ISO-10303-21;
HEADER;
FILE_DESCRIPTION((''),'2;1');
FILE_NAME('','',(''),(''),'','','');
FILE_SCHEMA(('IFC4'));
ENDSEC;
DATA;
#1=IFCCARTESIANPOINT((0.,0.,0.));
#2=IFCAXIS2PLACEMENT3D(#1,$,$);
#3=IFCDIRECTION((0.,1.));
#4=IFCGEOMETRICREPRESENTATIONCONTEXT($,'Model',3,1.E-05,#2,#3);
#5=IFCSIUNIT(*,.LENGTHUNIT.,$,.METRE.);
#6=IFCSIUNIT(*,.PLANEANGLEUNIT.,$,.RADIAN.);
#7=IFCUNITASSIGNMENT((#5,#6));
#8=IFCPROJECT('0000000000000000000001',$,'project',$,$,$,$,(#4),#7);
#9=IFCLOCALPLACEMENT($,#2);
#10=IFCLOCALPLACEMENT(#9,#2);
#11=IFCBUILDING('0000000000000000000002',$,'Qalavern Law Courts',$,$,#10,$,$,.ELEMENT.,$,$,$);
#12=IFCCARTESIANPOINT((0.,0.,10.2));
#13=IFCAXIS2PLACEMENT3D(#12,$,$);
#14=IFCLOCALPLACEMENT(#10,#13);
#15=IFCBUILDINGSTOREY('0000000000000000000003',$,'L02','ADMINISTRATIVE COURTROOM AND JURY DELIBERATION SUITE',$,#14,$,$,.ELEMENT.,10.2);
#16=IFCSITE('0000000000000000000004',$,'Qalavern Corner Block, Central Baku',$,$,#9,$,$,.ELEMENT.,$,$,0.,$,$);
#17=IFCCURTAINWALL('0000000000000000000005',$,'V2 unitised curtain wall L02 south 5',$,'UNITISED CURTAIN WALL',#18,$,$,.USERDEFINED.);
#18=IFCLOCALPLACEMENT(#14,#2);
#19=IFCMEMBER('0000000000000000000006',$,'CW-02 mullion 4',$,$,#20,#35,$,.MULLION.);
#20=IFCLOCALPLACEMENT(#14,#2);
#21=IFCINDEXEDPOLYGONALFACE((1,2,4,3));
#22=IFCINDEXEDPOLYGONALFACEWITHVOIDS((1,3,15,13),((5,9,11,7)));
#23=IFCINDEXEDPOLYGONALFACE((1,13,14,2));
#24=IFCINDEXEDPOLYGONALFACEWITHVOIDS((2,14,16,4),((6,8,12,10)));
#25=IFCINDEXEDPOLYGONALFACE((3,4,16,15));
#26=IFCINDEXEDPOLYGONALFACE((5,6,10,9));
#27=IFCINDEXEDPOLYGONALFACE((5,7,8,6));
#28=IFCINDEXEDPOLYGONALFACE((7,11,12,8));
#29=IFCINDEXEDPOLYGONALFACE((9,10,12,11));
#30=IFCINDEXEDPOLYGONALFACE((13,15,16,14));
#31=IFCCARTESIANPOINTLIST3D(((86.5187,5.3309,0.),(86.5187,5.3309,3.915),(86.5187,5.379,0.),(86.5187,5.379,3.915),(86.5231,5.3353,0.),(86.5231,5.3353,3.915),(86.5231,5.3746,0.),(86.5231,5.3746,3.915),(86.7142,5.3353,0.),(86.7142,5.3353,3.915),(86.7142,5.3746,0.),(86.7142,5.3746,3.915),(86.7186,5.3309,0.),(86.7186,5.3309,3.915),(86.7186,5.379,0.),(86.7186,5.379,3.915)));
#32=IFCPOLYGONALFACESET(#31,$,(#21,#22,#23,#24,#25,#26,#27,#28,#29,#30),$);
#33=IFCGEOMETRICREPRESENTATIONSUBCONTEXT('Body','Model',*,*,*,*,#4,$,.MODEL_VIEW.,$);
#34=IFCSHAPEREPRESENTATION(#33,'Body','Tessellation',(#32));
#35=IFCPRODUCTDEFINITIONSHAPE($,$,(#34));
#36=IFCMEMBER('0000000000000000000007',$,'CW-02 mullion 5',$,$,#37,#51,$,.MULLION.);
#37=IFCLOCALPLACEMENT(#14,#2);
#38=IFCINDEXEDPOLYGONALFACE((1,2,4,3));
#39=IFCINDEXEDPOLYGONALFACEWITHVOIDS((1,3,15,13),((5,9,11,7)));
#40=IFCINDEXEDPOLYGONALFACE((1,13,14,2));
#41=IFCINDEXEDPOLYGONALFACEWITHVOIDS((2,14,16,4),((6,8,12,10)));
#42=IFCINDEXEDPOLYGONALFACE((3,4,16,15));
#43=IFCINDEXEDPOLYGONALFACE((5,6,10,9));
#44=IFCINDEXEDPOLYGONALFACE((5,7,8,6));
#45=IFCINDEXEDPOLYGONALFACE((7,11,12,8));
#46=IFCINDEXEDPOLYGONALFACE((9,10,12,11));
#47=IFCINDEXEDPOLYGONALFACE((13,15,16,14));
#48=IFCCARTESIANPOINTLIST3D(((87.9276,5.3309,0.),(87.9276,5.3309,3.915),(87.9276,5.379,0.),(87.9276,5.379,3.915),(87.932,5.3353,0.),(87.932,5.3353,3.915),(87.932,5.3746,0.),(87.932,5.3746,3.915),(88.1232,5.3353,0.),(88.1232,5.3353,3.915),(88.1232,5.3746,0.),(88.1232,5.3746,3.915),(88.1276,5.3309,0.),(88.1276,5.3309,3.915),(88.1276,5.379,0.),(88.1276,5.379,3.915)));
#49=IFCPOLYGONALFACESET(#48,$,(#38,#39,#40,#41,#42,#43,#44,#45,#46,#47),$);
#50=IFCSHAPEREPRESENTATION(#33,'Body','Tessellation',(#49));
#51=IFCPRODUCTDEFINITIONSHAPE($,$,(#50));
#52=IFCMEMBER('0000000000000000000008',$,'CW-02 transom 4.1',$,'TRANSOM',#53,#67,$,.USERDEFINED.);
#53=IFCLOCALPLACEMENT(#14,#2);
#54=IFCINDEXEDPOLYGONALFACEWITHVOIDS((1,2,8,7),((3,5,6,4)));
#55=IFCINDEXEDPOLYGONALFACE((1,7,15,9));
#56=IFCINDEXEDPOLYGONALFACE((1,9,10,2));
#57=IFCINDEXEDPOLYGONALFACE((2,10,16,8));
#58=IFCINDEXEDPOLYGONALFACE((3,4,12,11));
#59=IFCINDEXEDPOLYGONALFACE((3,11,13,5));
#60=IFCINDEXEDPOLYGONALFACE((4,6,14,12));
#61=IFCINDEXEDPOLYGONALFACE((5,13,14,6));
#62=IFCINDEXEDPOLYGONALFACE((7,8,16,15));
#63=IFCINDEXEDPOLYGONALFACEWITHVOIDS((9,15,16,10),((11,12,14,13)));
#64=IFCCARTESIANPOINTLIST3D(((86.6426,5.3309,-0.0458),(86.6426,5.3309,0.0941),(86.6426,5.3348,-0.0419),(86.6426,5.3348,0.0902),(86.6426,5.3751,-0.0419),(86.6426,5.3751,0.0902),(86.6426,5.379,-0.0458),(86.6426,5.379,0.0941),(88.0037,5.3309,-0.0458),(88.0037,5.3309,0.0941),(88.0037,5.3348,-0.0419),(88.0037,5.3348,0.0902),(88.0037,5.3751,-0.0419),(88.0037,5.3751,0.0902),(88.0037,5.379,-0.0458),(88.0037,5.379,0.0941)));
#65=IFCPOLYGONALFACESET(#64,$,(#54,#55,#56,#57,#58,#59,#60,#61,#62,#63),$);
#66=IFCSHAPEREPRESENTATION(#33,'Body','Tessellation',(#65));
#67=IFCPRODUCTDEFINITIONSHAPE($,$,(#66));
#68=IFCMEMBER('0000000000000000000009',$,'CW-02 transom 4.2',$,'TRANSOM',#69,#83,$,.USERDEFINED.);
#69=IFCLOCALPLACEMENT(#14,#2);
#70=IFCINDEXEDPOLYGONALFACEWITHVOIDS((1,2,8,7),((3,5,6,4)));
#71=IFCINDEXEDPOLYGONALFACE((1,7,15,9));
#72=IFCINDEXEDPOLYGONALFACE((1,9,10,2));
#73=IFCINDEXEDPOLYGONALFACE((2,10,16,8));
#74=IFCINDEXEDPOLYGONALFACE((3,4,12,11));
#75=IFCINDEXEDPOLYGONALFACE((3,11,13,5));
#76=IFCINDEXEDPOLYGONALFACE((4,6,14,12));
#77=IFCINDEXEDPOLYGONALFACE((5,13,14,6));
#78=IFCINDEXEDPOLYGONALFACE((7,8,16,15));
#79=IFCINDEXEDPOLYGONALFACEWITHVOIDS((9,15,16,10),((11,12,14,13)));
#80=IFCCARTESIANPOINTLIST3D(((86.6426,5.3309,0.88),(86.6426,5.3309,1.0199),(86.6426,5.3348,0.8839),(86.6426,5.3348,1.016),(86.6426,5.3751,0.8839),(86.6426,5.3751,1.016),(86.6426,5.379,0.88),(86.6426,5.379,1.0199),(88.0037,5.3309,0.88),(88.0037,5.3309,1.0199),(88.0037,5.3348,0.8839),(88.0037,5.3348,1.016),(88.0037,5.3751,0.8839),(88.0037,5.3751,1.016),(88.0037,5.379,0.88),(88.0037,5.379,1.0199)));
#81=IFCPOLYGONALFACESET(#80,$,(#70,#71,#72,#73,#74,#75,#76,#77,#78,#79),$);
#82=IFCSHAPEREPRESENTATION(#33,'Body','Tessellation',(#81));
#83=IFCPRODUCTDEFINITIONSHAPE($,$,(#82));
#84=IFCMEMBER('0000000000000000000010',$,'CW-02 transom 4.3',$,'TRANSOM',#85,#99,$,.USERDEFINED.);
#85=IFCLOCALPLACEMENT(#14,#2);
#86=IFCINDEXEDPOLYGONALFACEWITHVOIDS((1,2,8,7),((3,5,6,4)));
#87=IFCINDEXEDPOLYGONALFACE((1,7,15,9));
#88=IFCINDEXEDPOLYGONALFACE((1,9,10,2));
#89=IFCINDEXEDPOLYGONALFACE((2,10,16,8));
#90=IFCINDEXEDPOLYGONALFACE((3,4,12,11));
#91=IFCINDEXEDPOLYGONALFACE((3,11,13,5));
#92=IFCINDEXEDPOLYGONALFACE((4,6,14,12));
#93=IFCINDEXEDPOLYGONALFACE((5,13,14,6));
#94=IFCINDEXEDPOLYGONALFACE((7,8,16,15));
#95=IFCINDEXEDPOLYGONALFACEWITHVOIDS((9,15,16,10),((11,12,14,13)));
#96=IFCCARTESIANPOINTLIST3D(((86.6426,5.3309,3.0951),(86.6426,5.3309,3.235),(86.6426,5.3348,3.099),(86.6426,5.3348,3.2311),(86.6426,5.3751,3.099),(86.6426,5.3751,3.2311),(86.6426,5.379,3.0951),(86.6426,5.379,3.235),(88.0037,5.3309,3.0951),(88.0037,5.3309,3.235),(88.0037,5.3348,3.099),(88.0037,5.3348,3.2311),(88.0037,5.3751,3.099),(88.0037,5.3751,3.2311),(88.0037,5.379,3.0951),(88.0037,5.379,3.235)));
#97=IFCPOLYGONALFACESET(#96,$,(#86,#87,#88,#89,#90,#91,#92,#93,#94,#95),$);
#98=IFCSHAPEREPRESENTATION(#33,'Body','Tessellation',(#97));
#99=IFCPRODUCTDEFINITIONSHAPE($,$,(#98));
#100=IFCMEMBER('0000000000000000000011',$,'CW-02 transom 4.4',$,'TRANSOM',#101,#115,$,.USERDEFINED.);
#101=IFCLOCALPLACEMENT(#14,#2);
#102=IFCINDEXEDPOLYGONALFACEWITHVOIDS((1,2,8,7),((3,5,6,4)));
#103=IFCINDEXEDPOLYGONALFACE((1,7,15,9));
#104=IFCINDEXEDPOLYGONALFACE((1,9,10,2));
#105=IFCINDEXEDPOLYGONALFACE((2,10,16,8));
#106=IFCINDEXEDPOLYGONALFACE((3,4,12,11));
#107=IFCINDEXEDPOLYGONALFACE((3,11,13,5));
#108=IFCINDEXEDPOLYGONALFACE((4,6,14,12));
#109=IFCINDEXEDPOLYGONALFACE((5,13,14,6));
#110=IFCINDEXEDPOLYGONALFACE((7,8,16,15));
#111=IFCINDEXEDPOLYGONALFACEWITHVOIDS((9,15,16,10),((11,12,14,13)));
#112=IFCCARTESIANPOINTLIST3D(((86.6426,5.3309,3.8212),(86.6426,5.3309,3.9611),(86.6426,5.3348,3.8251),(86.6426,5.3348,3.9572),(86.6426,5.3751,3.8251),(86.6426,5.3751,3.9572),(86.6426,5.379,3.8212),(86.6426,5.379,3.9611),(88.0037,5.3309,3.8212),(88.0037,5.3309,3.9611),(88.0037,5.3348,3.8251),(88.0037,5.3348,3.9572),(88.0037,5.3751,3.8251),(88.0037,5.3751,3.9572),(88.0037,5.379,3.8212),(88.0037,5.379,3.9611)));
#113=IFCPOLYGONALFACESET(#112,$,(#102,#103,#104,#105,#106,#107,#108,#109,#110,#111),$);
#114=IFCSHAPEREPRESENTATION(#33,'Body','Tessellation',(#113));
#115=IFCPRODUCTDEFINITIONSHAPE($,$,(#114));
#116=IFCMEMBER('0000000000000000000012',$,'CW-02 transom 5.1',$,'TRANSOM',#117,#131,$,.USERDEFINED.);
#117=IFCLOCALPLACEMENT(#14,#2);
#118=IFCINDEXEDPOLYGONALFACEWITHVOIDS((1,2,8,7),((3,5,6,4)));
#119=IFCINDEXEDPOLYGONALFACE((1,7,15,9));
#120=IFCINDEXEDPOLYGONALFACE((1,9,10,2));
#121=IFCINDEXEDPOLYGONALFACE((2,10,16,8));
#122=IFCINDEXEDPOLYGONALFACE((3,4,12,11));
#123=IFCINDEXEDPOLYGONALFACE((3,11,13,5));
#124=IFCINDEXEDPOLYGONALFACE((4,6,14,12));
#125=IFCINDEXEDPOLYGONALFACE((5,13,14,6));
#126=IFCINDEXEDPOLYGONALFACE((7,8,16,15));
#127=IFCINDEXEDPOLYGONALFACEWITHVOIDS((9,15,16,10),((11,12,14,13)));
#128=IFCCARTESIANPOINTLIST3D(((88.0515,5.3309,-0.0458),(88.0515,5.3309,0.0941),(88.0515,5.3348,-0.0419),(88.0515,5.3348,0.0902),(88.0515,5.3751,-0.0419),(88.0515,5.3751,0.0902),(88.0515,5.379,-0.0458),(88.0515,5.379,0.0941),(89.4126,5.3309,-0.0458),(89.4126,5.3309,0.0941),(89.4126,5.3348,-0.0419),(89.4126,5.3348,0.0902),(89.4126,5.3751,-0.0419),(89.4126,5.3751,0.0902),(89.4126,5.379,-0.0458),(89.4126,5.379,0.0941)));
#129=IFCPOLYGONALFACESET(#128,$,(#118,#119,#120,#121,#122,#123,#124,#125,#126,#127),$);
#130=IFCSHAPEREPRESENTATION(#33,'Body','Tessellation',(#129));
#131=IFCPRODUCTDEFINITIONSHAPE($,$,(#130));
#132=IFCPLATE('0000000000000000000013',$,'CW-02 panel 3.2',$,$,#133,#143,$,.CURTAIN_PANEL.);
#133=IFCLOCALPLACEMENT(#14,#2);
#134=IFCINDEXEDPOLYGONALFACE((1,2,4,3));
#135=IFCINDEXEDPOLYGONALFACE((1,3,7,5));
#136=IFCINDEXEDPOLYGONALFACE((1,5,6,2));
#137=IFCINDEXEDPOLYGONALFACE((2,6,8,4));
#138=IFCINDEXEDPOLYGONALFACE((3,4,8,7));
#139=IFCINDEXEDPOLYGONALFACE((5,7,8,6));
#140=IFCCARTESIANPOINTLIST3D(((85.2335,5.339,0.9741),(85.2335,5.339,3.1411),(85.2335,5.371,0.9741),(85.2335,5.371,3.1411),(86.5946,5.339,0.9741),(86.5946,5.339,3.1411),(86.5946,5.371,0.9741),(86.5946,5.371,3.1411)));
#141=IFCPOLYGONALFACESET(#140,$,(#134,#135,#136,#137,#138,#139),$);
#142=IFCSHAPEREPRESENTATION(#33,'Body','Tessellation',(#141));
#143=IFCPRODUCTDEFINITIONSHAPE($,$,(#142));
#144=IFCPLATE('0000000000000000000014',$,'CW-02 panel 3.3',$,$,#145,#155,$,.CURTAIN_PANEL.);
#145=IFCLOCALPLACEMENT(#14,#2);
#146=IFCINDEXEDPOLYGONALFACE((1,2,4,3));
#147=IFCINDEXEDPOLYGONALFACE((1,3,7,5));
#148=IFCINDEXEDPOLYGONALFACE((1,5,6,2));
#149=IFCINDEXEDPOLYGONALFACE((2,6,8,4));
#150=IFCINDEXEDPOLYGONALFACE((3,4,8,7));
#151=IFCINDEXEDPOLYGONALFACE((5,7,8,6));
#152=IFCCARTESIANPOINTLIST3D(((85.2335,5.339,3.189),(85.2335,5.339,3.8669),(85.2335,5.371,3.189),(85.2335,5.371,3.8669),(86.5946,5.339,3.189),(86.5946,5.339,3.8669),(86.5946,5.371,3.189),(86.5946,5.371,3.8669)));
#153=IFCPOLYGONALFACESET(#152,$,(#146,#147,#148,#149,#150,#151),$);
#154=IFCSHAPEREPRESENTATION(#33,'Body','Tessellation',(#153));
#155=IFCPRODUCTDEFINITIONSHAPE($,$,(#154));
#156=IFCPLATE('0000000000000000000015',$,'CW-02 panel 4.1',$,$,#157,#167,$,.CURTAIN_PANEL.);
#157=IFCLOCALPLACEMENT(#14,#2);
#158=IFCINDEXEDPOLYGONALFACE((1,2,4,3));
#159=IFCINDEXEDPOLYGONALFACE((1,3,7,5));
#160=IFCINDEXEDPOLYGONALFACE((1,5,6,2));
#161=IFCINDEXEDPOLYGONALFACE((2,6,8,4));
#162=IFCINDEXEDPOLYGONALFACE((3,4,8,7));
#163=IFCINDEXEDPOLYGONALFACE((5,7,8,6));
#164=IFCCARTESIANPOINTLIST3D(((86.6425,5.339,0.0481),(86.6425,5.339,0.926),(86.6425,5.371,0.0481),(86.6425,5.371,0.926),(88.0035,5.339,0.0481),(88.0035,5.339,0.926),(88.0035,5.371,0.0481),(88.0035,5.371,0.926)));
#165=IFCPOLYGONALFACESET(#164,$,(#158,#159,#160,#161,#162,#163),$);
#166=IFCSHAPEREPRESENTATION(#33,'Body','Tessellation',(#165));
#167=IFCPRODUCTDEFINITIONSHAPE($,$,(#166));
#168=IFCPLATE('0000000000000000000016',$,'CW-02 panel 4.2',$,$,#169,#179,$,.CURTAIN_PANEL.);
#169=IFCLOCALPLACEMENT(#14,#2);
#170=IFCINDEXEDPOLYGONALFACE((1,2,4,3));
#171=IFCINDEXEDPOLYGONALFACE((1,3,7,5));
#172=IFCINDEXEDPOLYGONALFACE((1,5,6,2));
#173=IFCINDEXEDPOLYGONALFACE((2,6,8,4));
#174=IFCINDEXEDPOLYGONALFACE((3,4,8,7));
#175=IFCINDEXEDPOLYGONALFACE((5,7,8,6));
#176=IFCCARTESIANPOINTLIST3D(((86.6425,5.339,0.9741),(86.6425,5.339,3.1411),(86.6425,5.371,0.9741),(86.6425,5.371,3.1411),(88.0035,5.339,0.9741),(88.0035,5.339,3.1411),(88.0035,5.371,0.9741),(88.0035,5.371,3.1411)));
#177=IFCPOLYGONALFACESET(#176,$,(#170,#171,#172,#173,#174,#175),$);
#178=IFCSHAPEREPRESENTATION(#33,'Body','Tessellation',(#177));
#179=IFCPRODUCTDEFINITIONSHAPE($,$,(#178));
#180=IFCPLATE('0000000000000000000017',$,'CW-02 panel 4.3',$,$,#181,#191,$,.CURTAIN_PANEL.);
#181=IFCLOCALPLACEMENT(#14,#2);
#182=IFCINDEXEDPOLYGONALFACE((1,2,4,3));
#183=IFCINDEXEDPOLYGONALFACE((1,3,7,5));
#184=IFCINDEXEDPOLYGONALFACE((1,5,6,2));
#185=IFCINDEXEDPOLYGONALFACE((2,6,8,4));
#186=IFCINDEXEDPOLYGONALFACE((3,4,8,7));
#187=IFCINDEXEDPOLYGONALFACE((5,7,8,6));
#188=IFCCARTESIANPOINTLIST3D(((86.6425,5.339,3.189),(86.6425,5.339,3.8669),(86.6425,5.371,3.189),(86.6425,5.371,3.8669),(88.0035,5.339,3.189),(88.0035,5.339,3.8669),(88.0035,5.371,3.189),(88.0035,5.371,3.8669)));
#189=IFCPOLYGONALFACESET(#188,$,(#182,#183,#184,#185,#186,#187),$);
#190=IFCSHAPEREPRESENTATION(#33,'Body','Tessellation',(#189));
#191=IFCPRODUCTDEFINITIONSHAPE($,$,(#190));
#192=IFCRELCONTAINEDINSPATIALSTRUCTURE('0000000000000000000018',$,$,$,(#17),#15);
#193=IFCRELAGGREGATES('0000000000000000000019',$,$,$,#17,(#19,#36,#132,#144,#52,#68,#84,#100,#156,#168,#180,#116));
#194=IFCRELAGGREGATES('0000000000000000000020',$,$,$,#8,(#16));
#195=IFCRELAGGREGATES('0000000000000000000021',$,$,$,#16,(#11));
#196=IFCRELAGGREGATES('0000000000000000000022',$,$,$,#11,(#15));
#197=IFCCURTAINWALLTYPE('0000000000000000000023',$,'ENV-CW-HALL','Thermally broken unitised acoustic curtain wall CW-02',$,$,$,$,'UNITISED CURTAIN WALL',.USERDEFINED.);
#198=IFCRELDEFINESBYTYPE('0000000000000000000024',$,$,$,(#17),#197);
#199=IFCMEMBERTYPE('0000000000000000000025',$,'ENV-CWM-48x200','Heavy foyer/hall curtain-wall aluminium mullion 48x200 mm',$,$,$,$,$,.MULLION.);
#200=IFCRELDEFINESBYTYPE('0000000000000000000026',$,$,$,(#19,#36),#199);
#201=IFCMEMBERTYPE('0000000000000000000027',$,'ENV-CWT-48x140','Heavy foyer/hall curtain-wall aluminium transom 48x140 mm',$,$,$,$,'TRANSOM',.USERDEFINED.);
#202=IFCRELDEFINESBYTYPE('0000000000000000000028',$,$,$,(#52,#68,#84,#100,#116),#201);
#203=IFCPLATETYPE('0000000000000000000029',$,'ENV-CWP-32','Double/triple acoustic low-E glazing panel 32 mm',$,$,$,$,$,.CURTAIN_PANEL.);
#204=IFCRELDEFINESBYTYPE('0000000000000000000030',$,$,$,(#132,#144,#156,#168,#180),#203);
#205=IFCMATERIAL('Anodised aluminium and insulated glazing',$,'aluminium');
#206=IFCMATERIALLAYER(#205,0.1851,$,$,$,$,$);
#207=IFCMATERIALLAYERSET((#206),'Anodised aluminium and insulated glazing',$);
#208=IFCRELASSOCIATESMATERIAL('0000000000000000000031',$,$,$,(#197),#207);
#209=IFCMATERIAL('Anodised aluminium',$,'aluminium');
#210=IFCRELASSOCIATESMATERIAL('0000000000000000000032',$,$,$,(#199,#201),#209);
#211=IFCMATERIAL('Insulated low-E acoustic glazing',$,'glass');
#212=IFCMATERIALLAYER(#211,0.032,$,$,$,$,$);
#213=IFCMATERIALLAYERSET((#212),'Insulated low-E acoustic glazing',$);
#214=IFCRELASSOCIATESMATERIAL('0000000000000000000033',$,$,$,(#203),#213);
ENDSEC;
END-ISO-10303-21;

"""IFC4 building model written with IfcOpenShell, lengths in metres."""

from ifc_helpers import new_model, si_unit, direction, frame, origin, origin_2d, place, context, subcontext, project, spatial, rectangle, hollow_rectangle, extrude, material, layer, layer_set, material_profile, profile_set, type_object, element, aggregate, save


model = new_model("IFC4")

# Units and contexts
model_context = context("Model", 3, precision=1e-05, world=origin(), true_north=direction((0.0, 1.0)))
body_context = subcontext(model_context, "Body", "Model", "MODEL_VIEW")
ifc_project = project(units=[si_unit("LENGTHUNIT", "METRE"), si_unit("PLANEANGLEUNIT", "RADIAN")], contexts=[model_context])

# Site, building, storey
site_placement = place(None, origin())
site = spatial("IfcSite", under=ifc_project, at=site_placement, Name="Qalavern Corner Block, Central Baku", CompositionType="ELEMENT", RefElevation=0.0)
building_placement = place(site_placement, origin())
building = spatial("IfcBuilding", under=site, at=building_placement, Name="Qalavern Law Courts", CompositionType="ELEMENT")
storey_placement = place(building_placement, frame((0.0, 0.0, 10.2)))
storey = spatial("IfcBuildingStorey", under=building, at=storey_placement, Name="L02", Description="ADMINISTRATIVE COURTROOM AND JURY DELIBERATION SUITE", CompositionType="ELEMENT", Elevation=10.2)

# Curtain wall, members, plates
ifc_material_1 = material(Name="Anodised aluminium and insulated glazing", Category="aluminium")
ifc_layer_1 = layer(ifc_material_1, 0.1851)
ifc_layer_set_1 = layer_set([ifc_layer_1], Name="Anodised aluminium and insulated glazing")
curtain_wall_type = type_object("IfcCurtainWallType", Name="ENV-CW-HALL", Description="Thermally broken unitised acoustic curtain wall CW-02", ElementType="UNITISED CURTAIN WALL", PredefinedType="USERDEFINED", material=ifc_layer_set_1)
curtain_wall_placement = place(storey_placement, origin())
curtain_wall = element("IfcCurtainWall", 1, at=curtain_wall_placement, inside=storey, type_object=curtain_wall_type, Name="V2 unitised curtain wall L02 south 5", ObjectType="UNITISED CURTAIN WALL", PredefinedType="USERDEFINED")
ifc_material_2 = material(Name="Anodised aluminium", Category="aluminium")
ifc_material_profile_1 = material_profile(ifc_material_2, hollow_rectangle(XDim=0.0481, YDim=0.2, WallThickness=0.0044, at=origin_2d()), Name="ALU MULLION 48x200")
ifc_profile_set_1 = profile_set([ifc_material_profile_1], Name="Anodised aluminium")
member_type_1 = type_object("IfcMemberType", Name="ENV-CWM-48x200", Description="Heavy foyer/hall curtain-wall aluminium mullion 48x200 mm", PredefinedType="MULLION", material=ifc_profile_set_1)
member_1_placement = place(storey_placement, frame((86.6187, 5.355, 0.0), z_axis=(0.0, 0.0, 1.0), x_axis=(0.0, 1.0, 0.0)))
member_1 = element("IfcMember", 2, at=member_1_placement, type_object=member_type_1, Name="CW-02 mullion 4", PredefinedType="MULLION", context=body_context, shape_type="SweptSolid", body=[
    extrude(hollow_rectangle(XDim=0.0481, YDim=0.2, WallThickness=0.0044, at=origin_2d()), origin(), (0.0, 0.0, 1.0), 3.915),
])
member_2_placement = place(storey_placement, frame((88.0276, 5.355, 0.0), z_axis=(0.0, 0.0, 1.0), x_axis=(0.0, 1.0, 0.0)))
member_2 = element("IfcMember", 3, at=member_2_placement, type_object=member_type_1, Name="CW-02 mullion 5", PredefinedType="MULLION", context=body_context, shape_type="SweptSolid", body=[
    extrude(hollow_rectangle(XDim=0.0481, YDim=0.2, WallThickness=0.0044, at=origin_2d()), origin(), (0.0, 0.0, 1.0), 3.915),
])
ifc_material_profile_2 = material_profile(ifc_material_2, hollow_rectangle(XDim=0.0481, YDim=0.1399, WallThickness=0.0039, at=origin_2d()), Name="ALU TRANSOM 48x140")
ifc_profile_set_2 = profile_set([ifc_material_profile_2], Name="Anodised aluminium")
member_type_2 = type_object("IfcMemberType", Name="ENV-CWT-48x140", Description="Heavy foyer/hall curtain-wall aluminium transom 48x140 mm", ElementType="TRANSOM", PredefinedType="USERDEFINED", material=ifc_profile_set_2)
member_3_placement = place(storey_placement, frame((86.6426, 5.355, 0.0242), z_axis=(1.0, 0.0, 0.0), x_axis=(0.0, 1.0, 0.0)))
member_3 = element("IfcMember", 4, at=member_3_placement, type_object=member_type_2, Name="CW-02 transom 4.1", ObjectType="TRANSOM", PredefinedType="USERDEFINED", context=body_context, shape_type="SweptSolid", body=[
    extrude(hollow_rectangle(XDim=0.0481, YDim=0.1399, WallThickness=0.0039, at=origin_2d()), origin(), (0.0, 0.0, 1.0), 1.3611),
])
member_4_placement = place(storey_placement, frame((86.6426, 5.355, 0.95), z_axis=(1.0, 0.0, 0.0), x_axis=(0.0, 1.0, 0.0)))
member_4 = element("IfcMember", 5, at=member_4_placement, type_object=member_type_2, Name="CW-02 transom 4.2", ObjectType="TRANSOM", PredefinedType="USERDEFINED", context=body_context, shape_type="SweptSolid", body=[
    extrude(hollow_rectangle(XDim=0.0481, YDim=0.1399, WallThickness=0.0039, at=origin_2d()), origin(), (0.0, 0.0, 1.0), 1.3611),
])
member_5_placement = place(storey_placement, frame((86.6426, 5.355, 3.165), z_axis=(1.0, 0.0, 0.0), x_axis=(0.0, 1.0, 0.0)))
member_5 = element("IfcMember", 6, at=member_5_placement, type_object=member_type_2, Name="CW-02 transom 4.3", ObjectType="TRANSOM", PredefinedType="USERDEFINED", context=body_context, shape_type="SweptSolid", body=[
    extrude(hollow_rectangle(XDim=0.0481, YDim=0.1399, WallThickness=0.0039, at=origin_2d()), origin(), (0.0, 0.0, 1.0), 1.3611),
])
member_6_placement = place(storey_placement, frame((86.6426, 5.355, 3.8911), z_axis=(1.0, 0.0, 0.0), x_axis=(0.0, 1.0, 0.0)))
member_6 = element("IfcMember", 7, at=member_6_placement, type_object=member_type_2, Name="CW-02 transom 4.4", ObjectType="TRANSOM", PredefinedType="USERDEFINED", context=body_context, shape_type="SweptSolid", body=[
    extrude(hollow_rectangle(XDim=0.0481, YDim=0.1399, WallThickness=0.0039, at=origin_2d()), origin(), (0.0, 0.0, 1.0), 1.3611),
])
member_7_placement = place(storey_placement, frame((88.0515, 5.355, 0.0242), z_axis=(1.0, 0.0, 0.0), x_axis=(0.0, 1.0, 0.0)))
member_7 = element("IfcMember", 8, at=member_7_placement, type_object=member_type_2, Name="CW-02 transom 5.1", ObjectType="TRANSOM", PredefinedType="USERDEFINED", context=body_context, shape_type="SweptSolid", body=[
    extrude(hollow_rectangle(XDim=0.0481, YDim=0.1399, WallThickness=0.0039, at=origin_2d()), origin(), (0.0, 0.0, 1.0), 1.3611),
])
ifc_material_3 = material(Name="Insulated low-E acoustic glazing", Category="glass")
ifc_layer_2 = layer(ifc_material_3, 0.032)
ifc_layer_set_2 = layer_set([ifc_layer_2], Name="Insulated low-E acoustic glazing")
plate_type = type_object("IfcPlateType", Name="ENV-CWP-32", Description="Double/triple acoustic low-E glazing panel 32 mm", PredefinedType="CURTAIN_PANEL", material=ifc_layer_set_2)
plate_1_placement = place(storey_placement, frame((85.9141, 5.355, 0.9741), z_axis=(0.0, 0.0, 1.0), x_axis=(1.0, 0.0, 0.0)))
plate_1 = element("IfcPlate", 9, at=plate_1_placement, type_object=plate_type, Name="CW-02 panel 3.2", PredefinedType="CURTAIN_PANEL", context=body_context, shape_type="SweptSolid", body=[
    extrude(rectangle(XDim=1.3611, YDim=0.032, at=origin_2d()), origin(), (0.0, 0.0, 1.0), 2.167),
])
plate_2_placement = place(storey_placement, frame((85.9141, 5.355, 3.189), z_axis=(0.0, 0.0, 1.0), x_axis=(1.0, 0.0, 0.0)))
plate_2 = element("IfcPlate", 10, at=plate_2_placement, type_object=plate_type, Name="CW-02 panel 3.3", PredefinedType="CURTAIN_PANEL", context=body_context, shape_type="SweptSolid", body=[
    extrude(rectangle(XDim=1.3611, YDim=0.032, at=origin_2d()), origin(), (0.0, 0.0, 1.0), 0.678),
])
plate_3_placement = place(storey_placement, frame((87.323, 5.355, 0.0481), z_axis=(0.0, 0.0, 1.0), x_axis=(1.0, 0.0, 0.0)))
plate_3 = element("IfcPlate", 11, at=plate_3_placement, type_object=plate_type, Name="CW-02 panel 4.1", PredefinedType="CURTAIN_PANEL", context=body_context, shape_type="SweptSolid", body=[
    extrude(rectangle(XDim=1.3611, YDim=0.032, at=origin_2d()), origin(), (0.0, 0.0, 1.0), 0.8779),
])
plate_4_placement = place(storey_placement, frame((87.323, 5.355, 0.9741), z_axis=(0.0, 0.0, 1.0), x_axis=(1.0, 0.0, 0.0)))
plate_4 = element("IfcPlate", 12, at=plate_4_placement, type_object=plate_type, Name="CW-02 panel 4.2", PredefinedType="CURTAIN_PANEL", context=body_context, shape_type="SweptSolid", body=[
    extrude(rectangle(XDim=1.3611, YDim=0.032, at=origin_2d()), origin(), (0.0, 0.0, 1.0), 2.167),
])
plate_5_placement = place(storey_placement, frame((87.323, 5.355, 3.189), z_axis=(0.0, 0.0, 1.0), x_axis=(1.0, 0.0, 0.0)))
plate_5 = element("IfcPlate", 13, at=plate_5_placement, type_object=plate_type, Name="CW-02 panel 4.3", PredefinedType="CURTAIN_PANEL", context=body_context, shape_type="SweptSolid", body=[
    extrude(rectangle(XDim=1.3611, YDim=0.032, at=origin_2d()), origin(), (0.0, 0.0, 1.0), 0.678),
])
aggregate(curtain_wall, [member_1, member_2, plate_1, plate_2, member_3, member_4, member_5, member_6, plate_3, plate_4, plate_5, member_7])

save(model, "model.ifc")
